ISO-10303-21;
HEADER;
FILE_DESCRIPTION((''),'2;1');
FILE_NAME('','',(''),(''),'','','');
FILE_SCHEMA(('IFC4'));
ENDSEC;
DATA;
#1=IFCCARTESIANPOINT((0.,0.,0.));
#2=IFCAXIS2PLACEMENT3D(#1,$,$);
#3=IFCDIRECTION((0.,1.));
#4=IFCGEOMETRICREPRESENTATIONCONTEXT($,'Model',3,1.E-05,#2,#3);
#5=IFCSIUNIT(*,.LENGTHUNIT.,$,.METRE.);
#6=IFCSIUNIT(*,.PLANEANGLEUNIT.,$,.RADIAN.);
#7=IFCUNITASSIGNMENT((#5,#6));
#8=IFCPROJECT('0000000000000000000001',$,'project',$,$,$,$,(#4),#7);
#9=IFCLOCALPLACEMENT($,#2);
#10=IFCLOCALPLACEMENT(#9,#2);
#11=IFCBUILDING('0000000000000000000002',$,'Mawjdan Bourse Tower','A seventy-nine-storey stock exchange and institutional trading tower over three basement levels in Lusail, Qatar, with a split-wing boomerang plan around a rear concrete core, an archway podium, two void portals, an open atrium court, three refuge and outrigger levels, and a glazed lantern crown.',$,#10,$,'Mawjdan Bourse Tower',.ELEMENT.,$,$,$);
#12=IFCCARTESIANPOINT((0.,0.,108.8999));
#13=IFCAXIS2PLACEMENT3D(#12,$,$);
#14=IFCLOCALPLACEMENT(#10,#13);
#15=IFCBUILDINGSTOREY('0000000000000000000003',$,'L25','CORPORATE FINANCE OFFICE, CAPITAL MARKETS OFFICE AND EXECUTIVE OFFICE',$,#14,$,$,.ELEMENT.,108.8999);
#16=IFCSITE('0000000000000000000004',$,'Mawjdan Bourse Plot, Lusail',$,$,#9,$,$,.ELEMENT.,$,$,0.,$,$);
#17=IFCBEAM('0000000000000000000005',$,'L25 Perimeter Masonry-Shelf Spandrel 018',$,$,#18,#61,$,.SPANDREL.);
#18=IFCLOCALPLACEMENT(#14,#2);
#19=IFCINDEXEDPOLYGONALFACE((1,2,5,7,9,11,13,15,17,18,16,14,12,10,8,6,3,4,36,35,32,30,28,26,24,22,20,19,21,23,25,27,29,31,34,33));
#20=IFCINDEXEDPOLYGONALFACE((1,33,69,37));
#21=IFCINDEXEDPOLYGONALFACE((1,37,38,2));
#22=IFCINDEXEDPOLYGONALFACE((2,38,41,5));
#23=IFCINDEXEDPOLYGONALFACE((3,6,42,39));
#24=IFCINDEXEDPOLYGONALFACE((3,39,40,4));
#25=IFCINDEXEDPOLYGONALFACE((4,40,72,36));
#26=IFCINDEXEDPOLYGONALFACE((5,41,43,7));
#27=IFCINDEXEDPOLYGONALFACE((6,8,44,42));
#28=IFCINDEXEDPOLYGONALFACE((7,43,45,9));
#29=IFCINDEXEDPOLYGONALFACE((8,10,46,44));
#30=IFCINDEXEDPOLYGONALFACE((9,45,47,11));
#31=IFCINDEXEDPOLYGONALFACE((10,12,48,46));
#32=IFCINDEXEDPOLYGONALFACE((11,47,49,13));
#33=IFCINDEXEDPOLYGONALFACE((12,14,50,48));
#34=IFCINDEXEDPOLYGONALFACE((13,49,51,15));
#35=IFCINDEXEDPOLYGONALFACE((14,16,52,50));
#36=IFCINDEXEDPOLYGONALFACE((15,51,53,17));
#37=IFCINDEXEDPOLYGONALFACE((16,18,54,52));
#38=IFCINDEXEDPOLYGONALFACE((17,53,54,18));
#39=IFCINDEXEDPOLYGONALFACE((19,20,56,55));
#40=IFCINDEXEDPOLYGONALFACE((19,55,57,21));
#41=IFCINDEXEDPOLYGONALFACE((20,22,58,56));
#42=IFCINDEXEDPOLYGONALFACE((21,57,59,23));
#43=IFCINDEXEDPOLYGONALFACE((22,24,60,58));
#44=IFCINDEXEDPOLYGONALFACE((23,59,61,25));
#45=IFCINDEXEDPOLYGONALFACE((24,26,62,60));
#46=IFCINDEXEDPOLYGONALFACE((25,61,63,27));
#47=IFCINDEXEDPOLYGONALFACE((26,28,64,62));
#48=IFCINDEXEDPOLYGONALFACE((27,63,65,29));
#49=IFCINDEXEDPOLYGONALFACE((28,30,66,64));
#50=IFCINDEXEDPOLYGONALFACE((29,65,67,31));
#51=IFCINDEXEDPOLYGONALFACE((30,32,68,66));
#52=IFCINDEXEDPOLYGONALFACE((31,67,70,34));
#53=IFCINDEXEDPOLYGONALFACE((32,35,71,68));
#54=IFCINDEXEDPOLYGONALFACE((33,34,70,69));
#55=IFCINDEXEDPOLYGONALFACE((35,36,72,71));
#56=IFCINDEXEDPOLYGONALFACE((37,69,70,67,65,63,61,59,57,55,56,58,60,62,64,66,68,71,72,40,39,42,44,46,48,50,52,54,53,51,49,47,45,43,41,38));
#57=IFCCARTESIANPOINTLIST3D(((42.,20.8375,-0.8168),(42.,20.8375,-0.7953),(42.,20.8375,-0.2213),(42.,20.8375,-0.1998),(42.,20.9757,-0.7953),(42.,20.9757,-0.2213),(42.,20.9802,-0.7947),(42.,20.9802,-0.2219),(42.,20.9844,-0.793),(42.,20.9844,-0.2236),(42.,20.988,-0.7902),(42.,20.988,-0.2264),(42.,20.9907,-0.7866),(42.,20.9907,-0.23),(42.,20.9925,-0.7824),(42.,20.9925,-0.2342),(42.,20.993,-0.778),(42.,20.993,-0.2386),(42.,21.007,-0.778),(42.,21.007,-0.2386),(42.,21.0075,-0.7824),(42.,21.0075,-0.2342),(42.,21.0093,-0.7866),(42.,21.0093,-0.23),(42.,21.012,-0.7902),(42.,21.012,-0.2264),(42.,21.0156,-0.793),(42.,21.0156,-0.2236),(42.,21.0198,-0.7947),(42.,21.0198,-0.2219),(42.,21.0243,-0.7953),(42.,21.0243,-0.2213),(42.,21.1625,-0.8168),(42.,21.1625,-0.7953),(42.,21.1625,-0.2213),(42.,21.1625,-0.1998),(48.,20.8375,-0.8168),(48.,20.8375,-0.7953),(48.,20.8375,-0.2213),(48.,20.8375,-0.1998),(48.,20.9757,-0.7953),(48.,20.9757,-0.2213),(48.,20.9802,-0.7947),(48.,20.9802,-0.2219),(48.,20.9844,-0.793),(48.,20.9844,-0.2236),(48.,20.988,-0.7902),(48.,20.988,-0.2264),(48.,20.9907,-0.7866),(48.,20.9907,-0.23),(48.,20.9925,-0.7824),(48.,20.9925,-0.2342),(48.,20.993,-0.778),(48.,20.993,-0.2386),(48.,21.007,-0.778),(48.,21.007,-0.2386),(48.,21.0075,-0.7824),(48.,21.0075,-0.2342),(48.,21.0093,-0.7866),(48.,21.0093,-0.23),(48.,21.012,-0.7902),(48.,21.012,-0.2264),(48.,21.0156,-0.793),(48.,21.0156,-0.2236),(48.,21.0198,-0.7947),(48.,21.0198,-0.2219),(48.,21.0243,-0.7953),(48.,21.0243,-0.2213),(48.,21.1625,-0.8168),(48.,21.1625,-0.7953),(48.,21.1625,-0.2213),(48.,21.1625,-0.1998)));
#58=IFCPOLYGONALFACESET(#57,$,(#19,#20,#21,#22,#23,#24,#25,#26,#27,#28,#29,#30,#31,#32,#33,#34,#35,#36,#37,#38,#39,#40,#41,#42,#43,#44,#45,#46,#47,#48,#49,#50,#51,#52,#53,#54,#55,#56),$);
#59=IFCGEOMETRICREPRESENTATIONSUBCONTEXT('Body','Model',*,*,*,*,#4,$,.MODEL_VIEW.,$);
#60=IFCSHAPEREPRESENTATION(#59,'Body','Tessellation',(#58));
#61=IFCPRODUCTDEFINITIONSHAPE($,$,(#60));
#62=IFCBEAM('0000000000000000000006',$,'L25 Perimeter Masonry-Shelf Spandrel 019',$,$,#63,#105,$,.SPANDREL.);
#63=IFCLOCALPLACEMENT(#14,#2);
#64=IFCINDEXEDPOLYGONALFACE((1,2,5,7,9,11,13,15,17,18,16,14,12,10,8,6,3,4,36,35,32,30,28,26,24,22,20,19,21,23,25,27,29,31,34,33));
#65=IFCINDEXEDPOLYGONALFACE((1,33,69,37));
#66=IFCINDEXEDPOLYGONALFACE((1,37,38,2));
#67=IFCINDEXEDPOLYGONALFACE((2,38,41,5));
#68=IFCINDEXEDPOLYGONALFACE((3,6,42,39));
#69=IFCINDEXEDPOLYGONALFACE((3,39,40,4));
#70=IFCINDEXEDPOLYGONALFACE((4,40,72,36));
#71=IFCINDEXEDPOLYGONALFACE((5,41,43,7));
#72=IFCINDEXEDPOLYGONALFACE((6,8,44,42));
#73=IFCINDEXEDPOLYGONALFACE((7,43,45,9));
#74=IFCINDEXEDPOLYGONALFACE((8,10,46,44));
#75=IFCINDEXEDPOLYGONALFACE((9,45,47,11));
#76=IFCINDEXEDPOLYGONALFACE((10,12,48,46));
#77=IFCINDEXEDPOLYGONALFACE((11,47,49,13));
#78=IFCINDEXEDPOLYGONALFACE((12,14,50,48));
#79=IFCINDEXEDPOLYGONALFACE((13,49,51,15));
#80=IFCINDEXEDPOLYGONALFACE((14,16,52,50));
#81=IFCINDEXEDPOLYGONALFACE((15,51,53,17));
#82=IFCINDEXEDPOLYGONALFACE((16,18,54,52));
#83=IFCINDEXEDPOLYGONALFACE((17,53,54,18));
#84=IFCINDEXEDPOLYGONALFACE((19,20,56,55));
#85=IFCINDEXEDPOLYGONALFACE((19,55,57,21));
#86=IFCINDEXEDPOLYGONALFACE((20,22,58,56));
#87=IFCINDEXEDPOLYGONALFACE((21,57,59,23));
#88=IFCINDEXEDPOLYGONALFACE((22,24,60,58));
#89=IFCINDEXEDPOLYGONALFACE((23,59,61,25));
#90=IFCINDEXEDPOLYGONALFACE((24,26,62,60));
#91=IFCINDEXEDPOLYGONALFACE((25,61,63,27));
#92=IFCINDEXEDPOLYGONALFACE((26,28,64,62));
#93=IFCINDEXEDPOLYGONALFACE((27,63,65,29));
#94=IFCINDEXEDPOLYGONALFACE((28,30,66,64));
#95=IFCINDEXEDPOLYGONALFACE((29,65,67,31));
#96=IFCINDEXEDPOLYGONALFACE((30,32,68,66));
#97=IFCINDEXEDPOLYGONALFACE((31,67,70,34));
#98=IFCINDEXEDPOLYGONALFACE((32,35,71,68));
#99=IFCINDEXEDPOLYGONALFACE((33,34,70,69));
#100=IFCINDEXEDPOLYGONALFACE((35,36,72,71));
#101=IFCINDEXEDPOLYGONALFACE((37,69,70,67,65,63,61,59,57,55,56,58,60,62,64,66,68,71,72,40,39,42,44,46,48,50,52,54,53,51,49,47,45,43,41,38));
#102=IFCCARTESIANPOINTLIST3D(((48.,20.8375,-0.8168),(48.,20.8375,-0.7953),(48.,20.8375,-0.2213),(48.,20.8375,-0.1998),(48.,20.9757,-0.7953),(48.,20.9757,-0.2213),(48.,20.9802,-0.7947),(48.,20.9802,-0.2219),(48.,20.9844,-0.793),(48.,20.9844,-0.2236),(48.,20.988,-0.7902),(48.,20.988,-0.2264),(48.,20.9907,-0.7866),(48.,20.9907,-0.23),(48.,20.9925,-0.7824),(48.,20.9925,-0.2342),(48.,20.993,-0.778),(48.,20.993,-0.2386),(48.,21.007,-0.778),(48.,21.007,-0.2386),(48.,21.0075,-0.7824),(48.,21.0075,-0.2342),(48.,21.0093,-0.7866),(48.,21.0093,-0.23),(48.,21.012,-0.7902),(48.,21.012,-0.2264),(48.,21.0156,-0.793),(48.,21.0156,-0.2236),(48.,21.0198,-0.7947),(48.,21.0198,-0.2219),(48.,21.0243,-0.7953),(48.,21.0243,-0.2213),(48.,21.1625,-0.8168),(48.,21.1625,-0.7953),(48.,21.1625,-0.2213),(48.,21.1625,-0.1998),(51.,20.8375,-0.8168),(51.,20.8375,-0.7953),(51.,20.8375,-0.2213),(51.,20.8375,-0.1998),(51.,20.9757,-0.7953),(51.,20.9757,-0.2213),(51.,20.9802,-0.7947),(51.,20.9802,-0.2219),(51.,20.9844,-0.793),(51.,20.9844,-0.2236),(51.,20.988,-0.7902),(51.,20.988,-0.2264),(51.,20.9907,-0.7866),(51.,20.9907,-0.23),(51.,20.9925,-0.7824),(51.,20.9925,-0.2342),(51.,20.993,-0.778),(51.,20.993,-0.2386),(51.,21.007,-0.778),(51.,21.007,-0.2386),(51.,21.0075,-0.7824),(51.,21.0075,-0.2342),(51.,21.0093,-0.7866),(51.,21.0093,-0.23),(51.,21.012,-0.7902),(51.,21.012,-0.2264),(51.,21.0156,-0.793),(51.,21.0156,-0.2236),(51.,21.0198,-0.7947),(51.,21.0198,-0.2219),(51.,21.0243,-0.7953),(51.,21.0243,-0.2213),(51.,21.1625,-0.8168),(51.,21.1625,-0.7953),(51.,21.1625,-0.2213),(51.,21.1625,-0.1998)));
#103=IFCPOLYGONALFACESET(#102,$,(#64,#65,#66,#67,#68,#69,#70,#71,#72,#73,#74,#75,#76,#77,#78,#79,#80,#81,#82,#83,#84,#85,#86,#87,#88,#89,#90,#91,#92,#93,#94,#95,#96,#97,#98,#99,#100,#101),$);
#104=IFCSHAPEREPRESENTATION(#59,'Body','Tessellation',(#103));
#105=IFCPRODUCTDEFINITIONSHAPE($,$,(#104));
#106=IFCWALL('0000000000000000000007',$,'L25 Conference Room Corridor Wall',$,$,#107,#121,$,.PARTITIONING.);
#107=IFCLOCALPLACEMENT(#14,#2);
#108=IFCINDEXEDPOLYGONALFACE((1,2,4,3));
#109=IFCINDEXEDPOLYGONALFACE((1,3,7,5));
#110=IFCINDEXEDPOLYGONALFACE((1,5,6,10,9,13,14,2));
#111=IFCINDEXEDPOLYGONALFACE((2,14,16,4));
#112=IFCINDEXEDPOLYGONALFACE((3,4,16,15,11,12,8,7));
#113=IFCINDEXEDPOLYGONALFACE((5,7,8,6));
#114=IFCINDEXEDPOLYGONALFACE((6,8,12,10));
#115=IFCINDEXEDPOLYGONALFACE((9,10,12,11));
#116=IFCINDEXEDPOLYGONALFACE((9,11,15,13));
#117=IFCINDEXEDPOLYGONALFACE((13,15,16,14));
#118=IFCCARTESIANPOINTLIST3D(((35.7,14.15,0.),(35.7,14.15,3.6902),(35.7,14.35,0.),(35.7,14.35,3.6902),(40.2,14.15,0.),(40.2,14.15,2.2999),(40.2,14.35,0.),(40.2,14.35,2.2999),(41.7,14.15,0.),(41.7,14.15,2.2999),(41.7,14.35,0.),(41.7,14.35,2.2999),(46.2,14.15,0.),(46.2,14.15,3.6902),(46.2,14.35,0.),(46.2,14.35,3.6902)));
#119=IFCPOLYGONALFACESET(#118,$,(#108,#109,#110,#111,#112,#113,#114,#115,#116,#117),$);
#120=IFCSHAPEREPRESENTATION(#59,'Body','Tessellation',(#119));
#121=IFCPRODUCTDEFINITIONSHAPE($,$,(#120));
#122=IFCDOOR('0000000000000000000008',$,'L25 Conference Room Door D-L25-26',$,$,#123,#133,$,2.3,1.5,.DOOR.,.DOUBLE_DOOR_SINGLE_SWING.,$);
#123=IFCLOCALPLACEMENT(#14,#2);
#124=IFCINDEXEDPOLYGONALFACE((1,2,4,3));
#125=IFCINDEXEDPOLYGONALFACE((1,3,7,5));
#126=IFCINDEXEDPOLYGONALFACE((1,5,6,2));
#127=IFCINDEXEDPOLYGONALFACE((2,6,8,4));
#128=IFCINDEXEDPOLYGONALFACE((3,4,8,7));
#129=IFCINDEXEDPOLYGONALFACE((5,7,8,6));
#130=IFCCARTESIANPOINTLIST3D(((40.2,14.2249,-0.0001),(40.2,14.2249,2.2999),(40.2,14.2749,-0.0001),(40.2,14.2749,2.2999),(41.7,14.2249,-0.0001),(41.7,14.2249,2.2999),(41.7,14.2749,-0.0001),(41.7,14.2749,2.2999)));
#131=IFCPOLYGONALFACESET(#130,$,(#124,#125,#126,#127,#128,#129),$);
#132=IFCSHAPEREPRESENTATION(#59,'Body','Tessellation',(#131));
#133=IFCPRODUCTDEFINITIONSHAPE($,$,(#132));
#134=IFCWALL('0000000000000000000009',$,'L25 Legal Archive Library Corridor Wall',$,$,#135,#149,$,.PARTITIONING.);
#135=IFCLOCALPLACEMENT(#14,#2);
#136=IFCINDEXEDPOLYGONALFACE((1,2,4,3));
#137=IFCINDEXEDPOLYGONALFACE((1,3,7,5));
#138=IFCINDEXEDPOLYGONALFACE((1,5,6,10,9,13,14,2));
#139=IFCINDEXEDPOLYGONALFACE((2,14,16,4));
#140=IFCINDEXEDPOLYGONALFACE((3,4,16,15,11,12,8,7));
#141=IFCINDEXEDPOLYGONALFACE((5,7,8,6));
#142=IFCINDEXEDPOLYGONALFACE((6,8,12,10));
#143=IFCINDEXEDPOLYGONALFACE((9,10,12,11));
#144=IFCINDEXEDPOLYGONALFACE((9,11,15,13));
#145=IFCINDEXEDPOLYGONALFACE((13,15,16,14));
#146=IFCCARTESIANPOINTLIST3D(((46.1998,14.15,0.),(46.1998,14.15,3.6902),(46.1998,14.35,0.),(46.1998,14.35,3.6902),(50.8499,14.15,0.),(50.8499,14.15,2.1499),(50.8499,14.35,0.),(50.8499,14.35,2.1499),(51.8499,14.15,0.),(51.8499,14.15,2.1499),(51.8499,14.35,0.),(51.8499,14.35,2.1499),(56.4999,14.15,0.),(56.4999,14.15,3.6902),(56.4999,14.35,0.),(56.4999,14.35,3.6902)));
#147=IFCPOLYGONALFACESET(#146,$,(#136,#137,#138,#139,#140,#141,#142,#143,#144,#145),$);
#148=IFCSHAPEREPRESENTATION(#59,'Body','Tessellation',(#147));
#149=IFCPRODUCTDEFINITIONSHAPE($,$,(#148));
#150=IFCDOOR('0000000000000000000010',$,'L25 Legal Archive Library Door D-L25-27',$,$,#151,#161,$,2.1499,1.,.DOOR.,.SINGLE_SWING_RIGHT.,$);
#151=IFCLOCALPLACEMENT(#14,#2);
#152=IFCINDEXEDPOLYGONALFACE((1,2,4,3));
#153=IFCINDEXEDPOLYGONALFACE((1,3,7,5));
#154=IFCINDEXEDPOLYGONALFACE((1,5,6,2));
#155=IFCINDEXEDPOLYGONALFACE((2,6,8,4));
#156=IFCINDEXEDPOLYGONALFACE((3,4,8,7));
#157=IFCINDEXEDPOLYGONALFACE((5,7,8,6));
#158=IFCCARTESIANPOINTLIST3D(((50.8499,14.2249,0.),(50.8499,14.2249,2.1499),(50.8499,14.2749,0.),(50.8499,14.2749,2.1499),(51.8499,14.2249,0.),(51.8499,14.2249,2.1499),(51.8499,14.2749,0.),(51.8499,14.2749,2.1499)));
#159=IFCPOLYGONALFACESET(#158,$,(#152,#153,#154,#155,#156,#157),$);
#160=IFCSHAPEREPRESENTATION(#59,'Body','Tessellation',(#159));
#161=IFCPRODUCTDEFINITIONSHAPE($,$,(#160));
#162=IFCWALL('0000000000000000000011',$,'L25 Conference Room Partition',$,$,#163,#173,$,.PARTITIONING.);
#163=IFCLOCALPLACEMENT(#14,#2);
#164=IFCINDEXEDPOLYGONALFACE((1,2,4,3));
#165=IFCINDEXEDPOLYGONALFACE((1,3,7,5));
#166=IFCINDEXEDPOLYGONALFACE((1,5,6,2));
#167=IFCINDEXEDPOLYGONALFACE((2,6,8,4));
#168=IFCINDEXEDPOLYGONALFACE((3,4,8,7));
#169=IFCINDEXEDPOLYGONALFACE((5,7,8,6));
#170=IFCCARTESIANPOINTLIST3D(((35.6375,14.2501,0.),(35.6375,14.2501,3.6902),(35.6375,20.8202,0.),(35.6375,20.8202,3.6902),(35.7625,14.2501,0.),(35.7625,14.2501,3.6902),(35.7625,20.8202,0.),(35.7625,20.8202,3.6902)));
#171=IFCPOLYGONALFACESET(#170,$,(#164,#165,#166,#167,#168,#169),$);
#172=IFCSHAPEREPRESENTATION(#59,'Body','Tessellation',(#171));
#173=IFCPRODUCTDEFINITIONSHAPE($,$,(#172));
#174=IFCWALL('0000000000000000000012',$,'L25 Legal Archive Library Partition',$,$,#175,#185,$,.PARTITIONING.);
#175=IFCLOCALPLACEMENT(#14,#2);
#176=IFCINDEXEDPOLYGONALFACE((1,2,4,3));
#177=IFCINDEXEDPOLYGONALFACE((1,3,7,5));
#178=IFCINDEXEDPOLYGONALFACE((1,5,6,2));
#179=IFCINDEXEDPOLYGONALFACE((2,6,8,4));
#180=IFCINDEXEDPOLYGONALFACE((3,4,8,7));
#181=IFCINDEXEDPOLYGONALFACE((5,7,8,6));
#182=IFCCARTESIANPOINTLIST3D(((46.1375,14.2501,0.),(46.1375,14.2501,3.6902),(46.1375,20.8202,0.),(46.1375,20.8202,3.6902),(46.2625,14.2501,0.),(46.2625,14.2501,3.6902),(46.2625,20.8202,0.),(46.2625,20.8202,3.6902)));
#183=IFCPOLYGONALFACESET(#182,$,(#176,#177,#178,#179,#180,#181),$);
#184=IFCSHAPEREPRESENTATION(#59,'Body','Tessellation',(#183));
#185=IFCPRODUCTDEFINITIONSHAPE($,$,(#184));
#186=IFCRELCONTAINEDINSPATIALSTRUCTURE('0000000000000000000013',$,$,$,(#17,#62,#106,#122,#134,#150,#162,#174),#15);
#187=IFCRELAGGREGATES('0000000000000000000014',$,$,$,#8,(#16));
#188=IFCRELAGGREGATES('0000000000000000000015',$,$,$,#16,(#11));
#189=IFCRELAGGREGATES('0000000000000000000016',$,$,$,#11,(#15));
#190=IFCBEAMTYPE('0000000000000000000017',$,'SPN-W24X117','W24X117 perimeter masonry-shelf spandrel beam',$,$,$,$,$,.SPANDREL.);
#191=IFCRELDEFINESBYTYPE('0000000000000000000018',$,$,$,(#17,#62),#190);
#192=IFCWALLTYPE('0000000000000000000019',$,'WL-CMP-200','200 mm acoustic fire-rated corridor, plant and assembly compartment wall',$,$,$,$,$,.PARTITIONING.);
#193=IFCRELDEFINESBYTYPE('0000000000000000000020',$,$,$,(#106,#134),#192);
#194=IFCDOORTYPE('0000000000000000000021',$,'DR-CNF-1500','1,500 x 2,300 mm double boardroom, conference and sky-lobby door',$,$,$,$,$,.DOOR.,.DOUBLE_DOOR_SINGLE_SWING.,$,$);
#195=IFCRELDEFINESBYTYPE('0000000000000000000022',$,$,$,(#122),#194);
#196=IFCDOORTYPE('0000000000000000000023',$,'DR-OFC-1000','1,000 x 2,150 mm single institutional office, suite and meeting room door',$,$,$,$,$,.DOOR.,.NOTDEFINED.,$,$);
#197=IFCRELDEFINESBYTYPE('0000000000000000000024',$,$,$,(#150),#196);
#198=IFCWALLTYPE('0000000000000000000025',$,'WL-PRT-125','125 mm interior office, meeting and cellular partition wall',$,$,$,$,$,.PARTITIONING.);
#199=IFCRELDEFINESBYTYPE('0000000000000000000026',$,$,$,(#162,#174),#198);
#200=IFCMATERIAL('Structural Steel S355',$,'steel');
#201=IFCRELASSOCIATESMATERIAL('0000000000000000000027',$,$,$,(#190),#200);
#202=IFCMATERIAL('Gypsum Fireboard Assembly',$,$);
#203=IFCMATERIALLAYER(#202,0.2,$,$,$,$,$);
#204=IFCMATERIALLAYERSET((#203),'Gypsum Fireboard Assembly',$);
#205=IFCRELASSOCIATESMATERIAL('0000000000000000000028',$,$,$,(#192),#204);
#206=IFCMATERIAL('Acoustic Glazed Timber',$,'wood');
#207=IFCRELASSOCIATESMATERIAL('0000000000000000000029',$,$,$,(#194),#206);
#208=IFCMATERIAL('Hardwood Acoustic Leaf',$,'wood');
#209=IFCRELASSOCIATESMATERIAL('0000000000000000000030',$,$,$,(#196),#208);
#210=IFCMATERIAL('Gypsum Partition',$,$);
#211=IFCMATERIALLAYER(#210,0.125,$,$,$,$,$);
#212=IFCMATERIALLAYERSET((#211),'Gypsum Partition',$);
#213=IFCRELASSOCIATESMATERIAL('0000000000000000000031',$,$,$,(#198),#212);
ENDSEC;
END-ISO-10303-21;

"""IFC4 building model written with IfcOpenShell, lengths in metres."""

from ifc_helpers import new_model, si_unit, direction, frame, frame_2d, origin, origin_2d, place, context, subcontext, project, spatial, rectangle, i_section, extrude, material, layer, layer_set, material_profile, profile_set, type_object, element, fill, save


model = new_model("IFC4")

# Units and contexts
model_context = context("Model", 3, precision=1e-05, world=origin(), true_north=direction((0.0, 1.0)))
body_context = subcontext(model_context, "Body", "Model", "MODEL_VIEW")
ifc_project = project(units=[si_unit("LENGTHUNIT", "METRE"), si_unit("PLANEANGLEUNIT", "RADIAN")], contexts=[model_context])

# Site, building, storey
site_placement = place(None, origin())
site = spatial("IfcSite", under=ifc_project, at=site_placement, Name="Mawjdan Bourse Plot, Lusail", CompositionType="ELEMENT", RefElevation=0.0)
building_placement = place(site_placement, origin())
building = spatial("IfcBuilding", under=site, at=building_placement, Name="Mawjdan Bourse Tower", Description="A seventy-nine-storey stock exchange and institutional trading tower over three basement levels in Lusail, Qatar, with a split-wing boomerang plan around a rear concrete core, an archway podium, two void portals, an open atrium court, three refuge and outrigger levels, and a glazed lantern crown.", LongName="Mawjdan Bourse Tower", CompositionType="ELEMENT")
storey_placement = place(building_placement, frame((0.0, 0.0, 108.8999)))
storey = spatial("IfcBuildingStorey", under=building, at=storey_placement, Name="L25", Description="CORPORATE FINANCE OFFICE, CAPITAL MARKETS OFFICE AND EXECUTIVE OFFICE", CompositionType="ELEMENT", Elevation=108.8999)

# Beams
ifc_material_1 = material(Name="Structural Steel S355", Category="steel")
ifc_material_profile_1 = material_profile(ifc_material_1, i_section(OverallWidth=0.325, OverallDepth=0.6169, WebThickness=0.0139, FlangeThickness=0.0215, FilletRadius=0.0173, at=origin_2d()), Name="W24X117")
ifc_profile_set_1 = profile_set([ifc_material_profile_1], Name="Structural Steel S355")
beam_type_1 = type_object("IfcBeamType", Name="SPN-W24X117", Description="W24X117 perimeter masonry-shelf spandrel beam", PredefinedType="SPANDREL", material=ifc_profile_set_1)
beam_1_placement = place(storey_placement, frame((42.0, 21.0, -0.5083), z_axis=(1.0, 0.0, 0.0), x_axis=(0.0, 1.0, 0.0)))
element("IfcBeam", 1, at=beam_1_placement, inside=storey, type_object=beam_type_1, Name="L25 Perimeter Masonry-Shelf Spandrel 018", PredefinedType="SPANDREL", context=body_context, shape_type="SweptSolid", body=[
    extrude(i_section(OverallWidth=0.325, OverallDepth=0.6169, WebThickness=0.0139, FlangeThickness=0.0215, FilletRadius=0.0173, at=origin_2d()), origin(), (0.0, 0.0, 1.0), 6.0),
])
beam_2_placement = place(storey_placement, frame((48.0, 21.0, -0.5083), z_axis=(1.0, 0.0, 0.0), x_axis=(0.0, 1.0, 0.0)))
element("IfcBeam", 2, at=beam_2_placement, inside=storey, type_object=beam_type_1, Name="L25 Perimeter Masonry-Shelf Spandrel 019", PredefinedType="SPANDREL", context=body_context, shape_type="SweptSolid", body=[
    extrude(i_section(OverallWidth=0.325, OverallDepth=0.6169, WebThickness=0.0139, FlangeThickness=0.0215, FilletRadius=0.0173, at=origin_2d()), origin(), (0.0, 0.0, 1.0), 3.0),
])

# Walls, openings, doors
ifc_material_2 = material(Name="Gypsum Fireboard Assembly")
ifc_layer_1 = layer(ifc_material_2, 0.2)
ifc_layer_set_1 = layer_set([ifc_layer_1], Name="Gypsum Fireboard Assembly")
wall_type_1 = type_object("IfcWallType", Name="WL-CMP-200", Description="200 mm acoustic fire-rated corridor, plant and assembly compartment wall", PredefinedType="PARTITIONING", material=ifc_layer_set_1)
wall_1_placement = place(storey_placement, frame((35.7, 14.25, 0.0), z_axis=(0.0, 0.0, 1.0), x_axis=(1.0, 0.0, 0.0)))
wall_1 = element("IfcWall", 3, at=wall_1_placement, inside=storey, type_object=wall_type_1, Name="L25 Conference Room Corridor Wall", PredefinedType="PARTITIONING", context=body_context, shape_type="SweptSolid", body=[
    extrude(rectangle(XDim=10.5, YDim=0.2, at=frame_2d((5.25, 0.0))), origin(), (0.0, 0.0, 1.0), 3.6902),
])
opening_1_placement = place(wall_1_placement, frame((4.5, 0.0, 0.0)))
opening_1 = element("IfcOpeningElement", 4, at=opening_1_placement, cuts=wall_1, PredefinedType="OPENING", context=body_context, shape_type="SweptSolid", body=[
    extrude(rectangle(XDim=1.5, YDim=2.3, at=frame_2d((0.75, 1.1499))), frame((0.0, 0.1099, 0.0), z_axis=(0.0, -1.0, 0.0), x_axis=(1.0, 0.0, 0.0)), (0.0, 0.0, 1.0), 0.22),
])
ifc_material_3 = material(Name="Acoustic Glazed Timber", Category="wood")
door_type_1 = type_object("IfcDoorType", Name="DR-CNF-1500", Description="1,500 x 2,300 mm double boardroom, conference and sky-lobby door", OperationType="DOUBLE_DOOR_SINGLE_SWING", PredefinedType="DOOR", material=ifc_material_3)
door_1_placement = place(opening_1_placement, origin())
door_1 = element("IfcDoor", 5, at=door_1_placement, inside=storey, type_object=door_type_1, Name="L25 Conference Room Door D-L25-26", OperationType="DOUBLE_DOOR_SINGLE_SWING", OverallHeight=2.3, OverallWidth=1.5, PredefinedType="DOOR", context=body_context, shape_type="SweptSolid", body=[
    extrude(rectangle(XDim=1.5, YDim=2.3, at=frame_2d((0.75, 1.1499))), frame((0.0, 0.0249, 0.0), z_axis=(0.0, -1.0, 0.0), x_axis=(1.0, 0.0, 0.0)), (0.0, 0.0, 1.0), 0.05),
])
fill(opening_1, door_1)
wall_2_placement = place(storey_placement, frame((46.2, 14.25, 0.0), z_axis=(0.0, 0.0, 1.0), x_axis=(1.0, 0.0, 0.0)))
wall_2 = element("IfcWall", 6, at=wall_2_placement, inside=storey, type_object=wall_type_1, Name="L25 Legal Archive Library Corridor Wall", PredefinedType="PARTITIONING", context=body_context, shape_type="SweptSolid", body=[
    extrude(rectangle(XDim=10.3, YDim=0.2, at=frame_2d((5.1499, 0.0))), origin(), (0.0, 0.0, 1.0), 3.6902),
])
opening_2_placement = place(wall_2_placement, frame((4.6499, 0.0, 0.0)))
opening_2 = element("IfcOpeningElement", 7, at=opening_2_placement, cuts=wall_2, PredefinedType="OPENING", context=body_context, shape_type="SweptSolid", body=[
    extrude(rectangle(XDim=1.0, YDim=2.1499, at=frame_2d((0.5, 1.075))), frame((0.0, 0.1099, 0.0), z_axis=(0.0, -1.0, 0.0), x_axis=(1.0, 0.0, 0.0)), (0.0, 0.0, 1.0), 0.22),
])
ifc_material_4 = material(Name="Hardwood Acoustic Leaf", Category="wood")
door_type_2 = type_object("IfcDoorType", Name="DR-OFC-1000", Description="1,000 x 2,150 mm single institutional office, suite and meeting room door", OperationType="NOTDEFINED", PredefinedType="DOOR", material=ifc_material_4)
door_2_placement = place(opening_2_placement, origin())
door_2 = element("IfcDoor", 8, at=door_2_placement, inside=storey, type_object=door_type_2, Name="L25 Legal Archive Library Door D-L25-27", OperationType="SINGLE_SWING_RIGHT", OverallHeight=2.1499, OverallWidth=1.0, PredefinedType="DOOR", context=body_context, shape_type="SweptSolid", body=[
    extrude(rectangle(XDim=1.0, YDim=2.1499, at=frame_2d((0.5, 1.075))), frame((0.0, 0.0249, 0.0), z_axis=(0.0, -1.0, 0.0), x_axis=(1.0, 0.0, 0.0)), (0.0, 0.0, 1.0), 0.05),
])
fill(opening_2, door_2)

# Walls
ifc_material_5 = material(Name="Gypsum Partition")
ifc_layer_2 = layer(ifc_material_5, 0.125)
ifc_layer_set_2 = layer_set([ifc_layer_2], Name="Gypsum Partition")
wall_type_2 = type_object("IfcWallType", Name="WL-PRT-125", Description="125 mm interior office, meeting and cellular partition wall", PredefinedType="PARTITIONING", material=ifc_layer_set_2)
for number, where, z_axis, x_axis, name in (
    (9, (35.7, 14.25, 0.0), (0.0, 0.0, 1.0), (0.0, 1.0, 0.0), "L25 Conference Room Partition"),
    (10, (46.2, 14.25, 0.0), (0.0, 0.0, 1.0), (0.0, 1.0, 0.0), "L25 Legal Archive Library Partition"),
):
    element("IfcWall", number, at=place(storey_placement, frame(where, z_axis=z_axis, x_axis=x_axis)), inside=storey, type_object=wall_type_2, Name=name, PredefinedType="PARTITIONING", context=body_context, shape_type="SweptSolid", body=[
        extrude(rectangle(XDim=6.5701, YDim=0.125, at=frame_2d((3.2852, 0.0))), origin(), (0.0, 0.0, 1.0), 3.6902),
    ])

save(model, "model.ifc")
